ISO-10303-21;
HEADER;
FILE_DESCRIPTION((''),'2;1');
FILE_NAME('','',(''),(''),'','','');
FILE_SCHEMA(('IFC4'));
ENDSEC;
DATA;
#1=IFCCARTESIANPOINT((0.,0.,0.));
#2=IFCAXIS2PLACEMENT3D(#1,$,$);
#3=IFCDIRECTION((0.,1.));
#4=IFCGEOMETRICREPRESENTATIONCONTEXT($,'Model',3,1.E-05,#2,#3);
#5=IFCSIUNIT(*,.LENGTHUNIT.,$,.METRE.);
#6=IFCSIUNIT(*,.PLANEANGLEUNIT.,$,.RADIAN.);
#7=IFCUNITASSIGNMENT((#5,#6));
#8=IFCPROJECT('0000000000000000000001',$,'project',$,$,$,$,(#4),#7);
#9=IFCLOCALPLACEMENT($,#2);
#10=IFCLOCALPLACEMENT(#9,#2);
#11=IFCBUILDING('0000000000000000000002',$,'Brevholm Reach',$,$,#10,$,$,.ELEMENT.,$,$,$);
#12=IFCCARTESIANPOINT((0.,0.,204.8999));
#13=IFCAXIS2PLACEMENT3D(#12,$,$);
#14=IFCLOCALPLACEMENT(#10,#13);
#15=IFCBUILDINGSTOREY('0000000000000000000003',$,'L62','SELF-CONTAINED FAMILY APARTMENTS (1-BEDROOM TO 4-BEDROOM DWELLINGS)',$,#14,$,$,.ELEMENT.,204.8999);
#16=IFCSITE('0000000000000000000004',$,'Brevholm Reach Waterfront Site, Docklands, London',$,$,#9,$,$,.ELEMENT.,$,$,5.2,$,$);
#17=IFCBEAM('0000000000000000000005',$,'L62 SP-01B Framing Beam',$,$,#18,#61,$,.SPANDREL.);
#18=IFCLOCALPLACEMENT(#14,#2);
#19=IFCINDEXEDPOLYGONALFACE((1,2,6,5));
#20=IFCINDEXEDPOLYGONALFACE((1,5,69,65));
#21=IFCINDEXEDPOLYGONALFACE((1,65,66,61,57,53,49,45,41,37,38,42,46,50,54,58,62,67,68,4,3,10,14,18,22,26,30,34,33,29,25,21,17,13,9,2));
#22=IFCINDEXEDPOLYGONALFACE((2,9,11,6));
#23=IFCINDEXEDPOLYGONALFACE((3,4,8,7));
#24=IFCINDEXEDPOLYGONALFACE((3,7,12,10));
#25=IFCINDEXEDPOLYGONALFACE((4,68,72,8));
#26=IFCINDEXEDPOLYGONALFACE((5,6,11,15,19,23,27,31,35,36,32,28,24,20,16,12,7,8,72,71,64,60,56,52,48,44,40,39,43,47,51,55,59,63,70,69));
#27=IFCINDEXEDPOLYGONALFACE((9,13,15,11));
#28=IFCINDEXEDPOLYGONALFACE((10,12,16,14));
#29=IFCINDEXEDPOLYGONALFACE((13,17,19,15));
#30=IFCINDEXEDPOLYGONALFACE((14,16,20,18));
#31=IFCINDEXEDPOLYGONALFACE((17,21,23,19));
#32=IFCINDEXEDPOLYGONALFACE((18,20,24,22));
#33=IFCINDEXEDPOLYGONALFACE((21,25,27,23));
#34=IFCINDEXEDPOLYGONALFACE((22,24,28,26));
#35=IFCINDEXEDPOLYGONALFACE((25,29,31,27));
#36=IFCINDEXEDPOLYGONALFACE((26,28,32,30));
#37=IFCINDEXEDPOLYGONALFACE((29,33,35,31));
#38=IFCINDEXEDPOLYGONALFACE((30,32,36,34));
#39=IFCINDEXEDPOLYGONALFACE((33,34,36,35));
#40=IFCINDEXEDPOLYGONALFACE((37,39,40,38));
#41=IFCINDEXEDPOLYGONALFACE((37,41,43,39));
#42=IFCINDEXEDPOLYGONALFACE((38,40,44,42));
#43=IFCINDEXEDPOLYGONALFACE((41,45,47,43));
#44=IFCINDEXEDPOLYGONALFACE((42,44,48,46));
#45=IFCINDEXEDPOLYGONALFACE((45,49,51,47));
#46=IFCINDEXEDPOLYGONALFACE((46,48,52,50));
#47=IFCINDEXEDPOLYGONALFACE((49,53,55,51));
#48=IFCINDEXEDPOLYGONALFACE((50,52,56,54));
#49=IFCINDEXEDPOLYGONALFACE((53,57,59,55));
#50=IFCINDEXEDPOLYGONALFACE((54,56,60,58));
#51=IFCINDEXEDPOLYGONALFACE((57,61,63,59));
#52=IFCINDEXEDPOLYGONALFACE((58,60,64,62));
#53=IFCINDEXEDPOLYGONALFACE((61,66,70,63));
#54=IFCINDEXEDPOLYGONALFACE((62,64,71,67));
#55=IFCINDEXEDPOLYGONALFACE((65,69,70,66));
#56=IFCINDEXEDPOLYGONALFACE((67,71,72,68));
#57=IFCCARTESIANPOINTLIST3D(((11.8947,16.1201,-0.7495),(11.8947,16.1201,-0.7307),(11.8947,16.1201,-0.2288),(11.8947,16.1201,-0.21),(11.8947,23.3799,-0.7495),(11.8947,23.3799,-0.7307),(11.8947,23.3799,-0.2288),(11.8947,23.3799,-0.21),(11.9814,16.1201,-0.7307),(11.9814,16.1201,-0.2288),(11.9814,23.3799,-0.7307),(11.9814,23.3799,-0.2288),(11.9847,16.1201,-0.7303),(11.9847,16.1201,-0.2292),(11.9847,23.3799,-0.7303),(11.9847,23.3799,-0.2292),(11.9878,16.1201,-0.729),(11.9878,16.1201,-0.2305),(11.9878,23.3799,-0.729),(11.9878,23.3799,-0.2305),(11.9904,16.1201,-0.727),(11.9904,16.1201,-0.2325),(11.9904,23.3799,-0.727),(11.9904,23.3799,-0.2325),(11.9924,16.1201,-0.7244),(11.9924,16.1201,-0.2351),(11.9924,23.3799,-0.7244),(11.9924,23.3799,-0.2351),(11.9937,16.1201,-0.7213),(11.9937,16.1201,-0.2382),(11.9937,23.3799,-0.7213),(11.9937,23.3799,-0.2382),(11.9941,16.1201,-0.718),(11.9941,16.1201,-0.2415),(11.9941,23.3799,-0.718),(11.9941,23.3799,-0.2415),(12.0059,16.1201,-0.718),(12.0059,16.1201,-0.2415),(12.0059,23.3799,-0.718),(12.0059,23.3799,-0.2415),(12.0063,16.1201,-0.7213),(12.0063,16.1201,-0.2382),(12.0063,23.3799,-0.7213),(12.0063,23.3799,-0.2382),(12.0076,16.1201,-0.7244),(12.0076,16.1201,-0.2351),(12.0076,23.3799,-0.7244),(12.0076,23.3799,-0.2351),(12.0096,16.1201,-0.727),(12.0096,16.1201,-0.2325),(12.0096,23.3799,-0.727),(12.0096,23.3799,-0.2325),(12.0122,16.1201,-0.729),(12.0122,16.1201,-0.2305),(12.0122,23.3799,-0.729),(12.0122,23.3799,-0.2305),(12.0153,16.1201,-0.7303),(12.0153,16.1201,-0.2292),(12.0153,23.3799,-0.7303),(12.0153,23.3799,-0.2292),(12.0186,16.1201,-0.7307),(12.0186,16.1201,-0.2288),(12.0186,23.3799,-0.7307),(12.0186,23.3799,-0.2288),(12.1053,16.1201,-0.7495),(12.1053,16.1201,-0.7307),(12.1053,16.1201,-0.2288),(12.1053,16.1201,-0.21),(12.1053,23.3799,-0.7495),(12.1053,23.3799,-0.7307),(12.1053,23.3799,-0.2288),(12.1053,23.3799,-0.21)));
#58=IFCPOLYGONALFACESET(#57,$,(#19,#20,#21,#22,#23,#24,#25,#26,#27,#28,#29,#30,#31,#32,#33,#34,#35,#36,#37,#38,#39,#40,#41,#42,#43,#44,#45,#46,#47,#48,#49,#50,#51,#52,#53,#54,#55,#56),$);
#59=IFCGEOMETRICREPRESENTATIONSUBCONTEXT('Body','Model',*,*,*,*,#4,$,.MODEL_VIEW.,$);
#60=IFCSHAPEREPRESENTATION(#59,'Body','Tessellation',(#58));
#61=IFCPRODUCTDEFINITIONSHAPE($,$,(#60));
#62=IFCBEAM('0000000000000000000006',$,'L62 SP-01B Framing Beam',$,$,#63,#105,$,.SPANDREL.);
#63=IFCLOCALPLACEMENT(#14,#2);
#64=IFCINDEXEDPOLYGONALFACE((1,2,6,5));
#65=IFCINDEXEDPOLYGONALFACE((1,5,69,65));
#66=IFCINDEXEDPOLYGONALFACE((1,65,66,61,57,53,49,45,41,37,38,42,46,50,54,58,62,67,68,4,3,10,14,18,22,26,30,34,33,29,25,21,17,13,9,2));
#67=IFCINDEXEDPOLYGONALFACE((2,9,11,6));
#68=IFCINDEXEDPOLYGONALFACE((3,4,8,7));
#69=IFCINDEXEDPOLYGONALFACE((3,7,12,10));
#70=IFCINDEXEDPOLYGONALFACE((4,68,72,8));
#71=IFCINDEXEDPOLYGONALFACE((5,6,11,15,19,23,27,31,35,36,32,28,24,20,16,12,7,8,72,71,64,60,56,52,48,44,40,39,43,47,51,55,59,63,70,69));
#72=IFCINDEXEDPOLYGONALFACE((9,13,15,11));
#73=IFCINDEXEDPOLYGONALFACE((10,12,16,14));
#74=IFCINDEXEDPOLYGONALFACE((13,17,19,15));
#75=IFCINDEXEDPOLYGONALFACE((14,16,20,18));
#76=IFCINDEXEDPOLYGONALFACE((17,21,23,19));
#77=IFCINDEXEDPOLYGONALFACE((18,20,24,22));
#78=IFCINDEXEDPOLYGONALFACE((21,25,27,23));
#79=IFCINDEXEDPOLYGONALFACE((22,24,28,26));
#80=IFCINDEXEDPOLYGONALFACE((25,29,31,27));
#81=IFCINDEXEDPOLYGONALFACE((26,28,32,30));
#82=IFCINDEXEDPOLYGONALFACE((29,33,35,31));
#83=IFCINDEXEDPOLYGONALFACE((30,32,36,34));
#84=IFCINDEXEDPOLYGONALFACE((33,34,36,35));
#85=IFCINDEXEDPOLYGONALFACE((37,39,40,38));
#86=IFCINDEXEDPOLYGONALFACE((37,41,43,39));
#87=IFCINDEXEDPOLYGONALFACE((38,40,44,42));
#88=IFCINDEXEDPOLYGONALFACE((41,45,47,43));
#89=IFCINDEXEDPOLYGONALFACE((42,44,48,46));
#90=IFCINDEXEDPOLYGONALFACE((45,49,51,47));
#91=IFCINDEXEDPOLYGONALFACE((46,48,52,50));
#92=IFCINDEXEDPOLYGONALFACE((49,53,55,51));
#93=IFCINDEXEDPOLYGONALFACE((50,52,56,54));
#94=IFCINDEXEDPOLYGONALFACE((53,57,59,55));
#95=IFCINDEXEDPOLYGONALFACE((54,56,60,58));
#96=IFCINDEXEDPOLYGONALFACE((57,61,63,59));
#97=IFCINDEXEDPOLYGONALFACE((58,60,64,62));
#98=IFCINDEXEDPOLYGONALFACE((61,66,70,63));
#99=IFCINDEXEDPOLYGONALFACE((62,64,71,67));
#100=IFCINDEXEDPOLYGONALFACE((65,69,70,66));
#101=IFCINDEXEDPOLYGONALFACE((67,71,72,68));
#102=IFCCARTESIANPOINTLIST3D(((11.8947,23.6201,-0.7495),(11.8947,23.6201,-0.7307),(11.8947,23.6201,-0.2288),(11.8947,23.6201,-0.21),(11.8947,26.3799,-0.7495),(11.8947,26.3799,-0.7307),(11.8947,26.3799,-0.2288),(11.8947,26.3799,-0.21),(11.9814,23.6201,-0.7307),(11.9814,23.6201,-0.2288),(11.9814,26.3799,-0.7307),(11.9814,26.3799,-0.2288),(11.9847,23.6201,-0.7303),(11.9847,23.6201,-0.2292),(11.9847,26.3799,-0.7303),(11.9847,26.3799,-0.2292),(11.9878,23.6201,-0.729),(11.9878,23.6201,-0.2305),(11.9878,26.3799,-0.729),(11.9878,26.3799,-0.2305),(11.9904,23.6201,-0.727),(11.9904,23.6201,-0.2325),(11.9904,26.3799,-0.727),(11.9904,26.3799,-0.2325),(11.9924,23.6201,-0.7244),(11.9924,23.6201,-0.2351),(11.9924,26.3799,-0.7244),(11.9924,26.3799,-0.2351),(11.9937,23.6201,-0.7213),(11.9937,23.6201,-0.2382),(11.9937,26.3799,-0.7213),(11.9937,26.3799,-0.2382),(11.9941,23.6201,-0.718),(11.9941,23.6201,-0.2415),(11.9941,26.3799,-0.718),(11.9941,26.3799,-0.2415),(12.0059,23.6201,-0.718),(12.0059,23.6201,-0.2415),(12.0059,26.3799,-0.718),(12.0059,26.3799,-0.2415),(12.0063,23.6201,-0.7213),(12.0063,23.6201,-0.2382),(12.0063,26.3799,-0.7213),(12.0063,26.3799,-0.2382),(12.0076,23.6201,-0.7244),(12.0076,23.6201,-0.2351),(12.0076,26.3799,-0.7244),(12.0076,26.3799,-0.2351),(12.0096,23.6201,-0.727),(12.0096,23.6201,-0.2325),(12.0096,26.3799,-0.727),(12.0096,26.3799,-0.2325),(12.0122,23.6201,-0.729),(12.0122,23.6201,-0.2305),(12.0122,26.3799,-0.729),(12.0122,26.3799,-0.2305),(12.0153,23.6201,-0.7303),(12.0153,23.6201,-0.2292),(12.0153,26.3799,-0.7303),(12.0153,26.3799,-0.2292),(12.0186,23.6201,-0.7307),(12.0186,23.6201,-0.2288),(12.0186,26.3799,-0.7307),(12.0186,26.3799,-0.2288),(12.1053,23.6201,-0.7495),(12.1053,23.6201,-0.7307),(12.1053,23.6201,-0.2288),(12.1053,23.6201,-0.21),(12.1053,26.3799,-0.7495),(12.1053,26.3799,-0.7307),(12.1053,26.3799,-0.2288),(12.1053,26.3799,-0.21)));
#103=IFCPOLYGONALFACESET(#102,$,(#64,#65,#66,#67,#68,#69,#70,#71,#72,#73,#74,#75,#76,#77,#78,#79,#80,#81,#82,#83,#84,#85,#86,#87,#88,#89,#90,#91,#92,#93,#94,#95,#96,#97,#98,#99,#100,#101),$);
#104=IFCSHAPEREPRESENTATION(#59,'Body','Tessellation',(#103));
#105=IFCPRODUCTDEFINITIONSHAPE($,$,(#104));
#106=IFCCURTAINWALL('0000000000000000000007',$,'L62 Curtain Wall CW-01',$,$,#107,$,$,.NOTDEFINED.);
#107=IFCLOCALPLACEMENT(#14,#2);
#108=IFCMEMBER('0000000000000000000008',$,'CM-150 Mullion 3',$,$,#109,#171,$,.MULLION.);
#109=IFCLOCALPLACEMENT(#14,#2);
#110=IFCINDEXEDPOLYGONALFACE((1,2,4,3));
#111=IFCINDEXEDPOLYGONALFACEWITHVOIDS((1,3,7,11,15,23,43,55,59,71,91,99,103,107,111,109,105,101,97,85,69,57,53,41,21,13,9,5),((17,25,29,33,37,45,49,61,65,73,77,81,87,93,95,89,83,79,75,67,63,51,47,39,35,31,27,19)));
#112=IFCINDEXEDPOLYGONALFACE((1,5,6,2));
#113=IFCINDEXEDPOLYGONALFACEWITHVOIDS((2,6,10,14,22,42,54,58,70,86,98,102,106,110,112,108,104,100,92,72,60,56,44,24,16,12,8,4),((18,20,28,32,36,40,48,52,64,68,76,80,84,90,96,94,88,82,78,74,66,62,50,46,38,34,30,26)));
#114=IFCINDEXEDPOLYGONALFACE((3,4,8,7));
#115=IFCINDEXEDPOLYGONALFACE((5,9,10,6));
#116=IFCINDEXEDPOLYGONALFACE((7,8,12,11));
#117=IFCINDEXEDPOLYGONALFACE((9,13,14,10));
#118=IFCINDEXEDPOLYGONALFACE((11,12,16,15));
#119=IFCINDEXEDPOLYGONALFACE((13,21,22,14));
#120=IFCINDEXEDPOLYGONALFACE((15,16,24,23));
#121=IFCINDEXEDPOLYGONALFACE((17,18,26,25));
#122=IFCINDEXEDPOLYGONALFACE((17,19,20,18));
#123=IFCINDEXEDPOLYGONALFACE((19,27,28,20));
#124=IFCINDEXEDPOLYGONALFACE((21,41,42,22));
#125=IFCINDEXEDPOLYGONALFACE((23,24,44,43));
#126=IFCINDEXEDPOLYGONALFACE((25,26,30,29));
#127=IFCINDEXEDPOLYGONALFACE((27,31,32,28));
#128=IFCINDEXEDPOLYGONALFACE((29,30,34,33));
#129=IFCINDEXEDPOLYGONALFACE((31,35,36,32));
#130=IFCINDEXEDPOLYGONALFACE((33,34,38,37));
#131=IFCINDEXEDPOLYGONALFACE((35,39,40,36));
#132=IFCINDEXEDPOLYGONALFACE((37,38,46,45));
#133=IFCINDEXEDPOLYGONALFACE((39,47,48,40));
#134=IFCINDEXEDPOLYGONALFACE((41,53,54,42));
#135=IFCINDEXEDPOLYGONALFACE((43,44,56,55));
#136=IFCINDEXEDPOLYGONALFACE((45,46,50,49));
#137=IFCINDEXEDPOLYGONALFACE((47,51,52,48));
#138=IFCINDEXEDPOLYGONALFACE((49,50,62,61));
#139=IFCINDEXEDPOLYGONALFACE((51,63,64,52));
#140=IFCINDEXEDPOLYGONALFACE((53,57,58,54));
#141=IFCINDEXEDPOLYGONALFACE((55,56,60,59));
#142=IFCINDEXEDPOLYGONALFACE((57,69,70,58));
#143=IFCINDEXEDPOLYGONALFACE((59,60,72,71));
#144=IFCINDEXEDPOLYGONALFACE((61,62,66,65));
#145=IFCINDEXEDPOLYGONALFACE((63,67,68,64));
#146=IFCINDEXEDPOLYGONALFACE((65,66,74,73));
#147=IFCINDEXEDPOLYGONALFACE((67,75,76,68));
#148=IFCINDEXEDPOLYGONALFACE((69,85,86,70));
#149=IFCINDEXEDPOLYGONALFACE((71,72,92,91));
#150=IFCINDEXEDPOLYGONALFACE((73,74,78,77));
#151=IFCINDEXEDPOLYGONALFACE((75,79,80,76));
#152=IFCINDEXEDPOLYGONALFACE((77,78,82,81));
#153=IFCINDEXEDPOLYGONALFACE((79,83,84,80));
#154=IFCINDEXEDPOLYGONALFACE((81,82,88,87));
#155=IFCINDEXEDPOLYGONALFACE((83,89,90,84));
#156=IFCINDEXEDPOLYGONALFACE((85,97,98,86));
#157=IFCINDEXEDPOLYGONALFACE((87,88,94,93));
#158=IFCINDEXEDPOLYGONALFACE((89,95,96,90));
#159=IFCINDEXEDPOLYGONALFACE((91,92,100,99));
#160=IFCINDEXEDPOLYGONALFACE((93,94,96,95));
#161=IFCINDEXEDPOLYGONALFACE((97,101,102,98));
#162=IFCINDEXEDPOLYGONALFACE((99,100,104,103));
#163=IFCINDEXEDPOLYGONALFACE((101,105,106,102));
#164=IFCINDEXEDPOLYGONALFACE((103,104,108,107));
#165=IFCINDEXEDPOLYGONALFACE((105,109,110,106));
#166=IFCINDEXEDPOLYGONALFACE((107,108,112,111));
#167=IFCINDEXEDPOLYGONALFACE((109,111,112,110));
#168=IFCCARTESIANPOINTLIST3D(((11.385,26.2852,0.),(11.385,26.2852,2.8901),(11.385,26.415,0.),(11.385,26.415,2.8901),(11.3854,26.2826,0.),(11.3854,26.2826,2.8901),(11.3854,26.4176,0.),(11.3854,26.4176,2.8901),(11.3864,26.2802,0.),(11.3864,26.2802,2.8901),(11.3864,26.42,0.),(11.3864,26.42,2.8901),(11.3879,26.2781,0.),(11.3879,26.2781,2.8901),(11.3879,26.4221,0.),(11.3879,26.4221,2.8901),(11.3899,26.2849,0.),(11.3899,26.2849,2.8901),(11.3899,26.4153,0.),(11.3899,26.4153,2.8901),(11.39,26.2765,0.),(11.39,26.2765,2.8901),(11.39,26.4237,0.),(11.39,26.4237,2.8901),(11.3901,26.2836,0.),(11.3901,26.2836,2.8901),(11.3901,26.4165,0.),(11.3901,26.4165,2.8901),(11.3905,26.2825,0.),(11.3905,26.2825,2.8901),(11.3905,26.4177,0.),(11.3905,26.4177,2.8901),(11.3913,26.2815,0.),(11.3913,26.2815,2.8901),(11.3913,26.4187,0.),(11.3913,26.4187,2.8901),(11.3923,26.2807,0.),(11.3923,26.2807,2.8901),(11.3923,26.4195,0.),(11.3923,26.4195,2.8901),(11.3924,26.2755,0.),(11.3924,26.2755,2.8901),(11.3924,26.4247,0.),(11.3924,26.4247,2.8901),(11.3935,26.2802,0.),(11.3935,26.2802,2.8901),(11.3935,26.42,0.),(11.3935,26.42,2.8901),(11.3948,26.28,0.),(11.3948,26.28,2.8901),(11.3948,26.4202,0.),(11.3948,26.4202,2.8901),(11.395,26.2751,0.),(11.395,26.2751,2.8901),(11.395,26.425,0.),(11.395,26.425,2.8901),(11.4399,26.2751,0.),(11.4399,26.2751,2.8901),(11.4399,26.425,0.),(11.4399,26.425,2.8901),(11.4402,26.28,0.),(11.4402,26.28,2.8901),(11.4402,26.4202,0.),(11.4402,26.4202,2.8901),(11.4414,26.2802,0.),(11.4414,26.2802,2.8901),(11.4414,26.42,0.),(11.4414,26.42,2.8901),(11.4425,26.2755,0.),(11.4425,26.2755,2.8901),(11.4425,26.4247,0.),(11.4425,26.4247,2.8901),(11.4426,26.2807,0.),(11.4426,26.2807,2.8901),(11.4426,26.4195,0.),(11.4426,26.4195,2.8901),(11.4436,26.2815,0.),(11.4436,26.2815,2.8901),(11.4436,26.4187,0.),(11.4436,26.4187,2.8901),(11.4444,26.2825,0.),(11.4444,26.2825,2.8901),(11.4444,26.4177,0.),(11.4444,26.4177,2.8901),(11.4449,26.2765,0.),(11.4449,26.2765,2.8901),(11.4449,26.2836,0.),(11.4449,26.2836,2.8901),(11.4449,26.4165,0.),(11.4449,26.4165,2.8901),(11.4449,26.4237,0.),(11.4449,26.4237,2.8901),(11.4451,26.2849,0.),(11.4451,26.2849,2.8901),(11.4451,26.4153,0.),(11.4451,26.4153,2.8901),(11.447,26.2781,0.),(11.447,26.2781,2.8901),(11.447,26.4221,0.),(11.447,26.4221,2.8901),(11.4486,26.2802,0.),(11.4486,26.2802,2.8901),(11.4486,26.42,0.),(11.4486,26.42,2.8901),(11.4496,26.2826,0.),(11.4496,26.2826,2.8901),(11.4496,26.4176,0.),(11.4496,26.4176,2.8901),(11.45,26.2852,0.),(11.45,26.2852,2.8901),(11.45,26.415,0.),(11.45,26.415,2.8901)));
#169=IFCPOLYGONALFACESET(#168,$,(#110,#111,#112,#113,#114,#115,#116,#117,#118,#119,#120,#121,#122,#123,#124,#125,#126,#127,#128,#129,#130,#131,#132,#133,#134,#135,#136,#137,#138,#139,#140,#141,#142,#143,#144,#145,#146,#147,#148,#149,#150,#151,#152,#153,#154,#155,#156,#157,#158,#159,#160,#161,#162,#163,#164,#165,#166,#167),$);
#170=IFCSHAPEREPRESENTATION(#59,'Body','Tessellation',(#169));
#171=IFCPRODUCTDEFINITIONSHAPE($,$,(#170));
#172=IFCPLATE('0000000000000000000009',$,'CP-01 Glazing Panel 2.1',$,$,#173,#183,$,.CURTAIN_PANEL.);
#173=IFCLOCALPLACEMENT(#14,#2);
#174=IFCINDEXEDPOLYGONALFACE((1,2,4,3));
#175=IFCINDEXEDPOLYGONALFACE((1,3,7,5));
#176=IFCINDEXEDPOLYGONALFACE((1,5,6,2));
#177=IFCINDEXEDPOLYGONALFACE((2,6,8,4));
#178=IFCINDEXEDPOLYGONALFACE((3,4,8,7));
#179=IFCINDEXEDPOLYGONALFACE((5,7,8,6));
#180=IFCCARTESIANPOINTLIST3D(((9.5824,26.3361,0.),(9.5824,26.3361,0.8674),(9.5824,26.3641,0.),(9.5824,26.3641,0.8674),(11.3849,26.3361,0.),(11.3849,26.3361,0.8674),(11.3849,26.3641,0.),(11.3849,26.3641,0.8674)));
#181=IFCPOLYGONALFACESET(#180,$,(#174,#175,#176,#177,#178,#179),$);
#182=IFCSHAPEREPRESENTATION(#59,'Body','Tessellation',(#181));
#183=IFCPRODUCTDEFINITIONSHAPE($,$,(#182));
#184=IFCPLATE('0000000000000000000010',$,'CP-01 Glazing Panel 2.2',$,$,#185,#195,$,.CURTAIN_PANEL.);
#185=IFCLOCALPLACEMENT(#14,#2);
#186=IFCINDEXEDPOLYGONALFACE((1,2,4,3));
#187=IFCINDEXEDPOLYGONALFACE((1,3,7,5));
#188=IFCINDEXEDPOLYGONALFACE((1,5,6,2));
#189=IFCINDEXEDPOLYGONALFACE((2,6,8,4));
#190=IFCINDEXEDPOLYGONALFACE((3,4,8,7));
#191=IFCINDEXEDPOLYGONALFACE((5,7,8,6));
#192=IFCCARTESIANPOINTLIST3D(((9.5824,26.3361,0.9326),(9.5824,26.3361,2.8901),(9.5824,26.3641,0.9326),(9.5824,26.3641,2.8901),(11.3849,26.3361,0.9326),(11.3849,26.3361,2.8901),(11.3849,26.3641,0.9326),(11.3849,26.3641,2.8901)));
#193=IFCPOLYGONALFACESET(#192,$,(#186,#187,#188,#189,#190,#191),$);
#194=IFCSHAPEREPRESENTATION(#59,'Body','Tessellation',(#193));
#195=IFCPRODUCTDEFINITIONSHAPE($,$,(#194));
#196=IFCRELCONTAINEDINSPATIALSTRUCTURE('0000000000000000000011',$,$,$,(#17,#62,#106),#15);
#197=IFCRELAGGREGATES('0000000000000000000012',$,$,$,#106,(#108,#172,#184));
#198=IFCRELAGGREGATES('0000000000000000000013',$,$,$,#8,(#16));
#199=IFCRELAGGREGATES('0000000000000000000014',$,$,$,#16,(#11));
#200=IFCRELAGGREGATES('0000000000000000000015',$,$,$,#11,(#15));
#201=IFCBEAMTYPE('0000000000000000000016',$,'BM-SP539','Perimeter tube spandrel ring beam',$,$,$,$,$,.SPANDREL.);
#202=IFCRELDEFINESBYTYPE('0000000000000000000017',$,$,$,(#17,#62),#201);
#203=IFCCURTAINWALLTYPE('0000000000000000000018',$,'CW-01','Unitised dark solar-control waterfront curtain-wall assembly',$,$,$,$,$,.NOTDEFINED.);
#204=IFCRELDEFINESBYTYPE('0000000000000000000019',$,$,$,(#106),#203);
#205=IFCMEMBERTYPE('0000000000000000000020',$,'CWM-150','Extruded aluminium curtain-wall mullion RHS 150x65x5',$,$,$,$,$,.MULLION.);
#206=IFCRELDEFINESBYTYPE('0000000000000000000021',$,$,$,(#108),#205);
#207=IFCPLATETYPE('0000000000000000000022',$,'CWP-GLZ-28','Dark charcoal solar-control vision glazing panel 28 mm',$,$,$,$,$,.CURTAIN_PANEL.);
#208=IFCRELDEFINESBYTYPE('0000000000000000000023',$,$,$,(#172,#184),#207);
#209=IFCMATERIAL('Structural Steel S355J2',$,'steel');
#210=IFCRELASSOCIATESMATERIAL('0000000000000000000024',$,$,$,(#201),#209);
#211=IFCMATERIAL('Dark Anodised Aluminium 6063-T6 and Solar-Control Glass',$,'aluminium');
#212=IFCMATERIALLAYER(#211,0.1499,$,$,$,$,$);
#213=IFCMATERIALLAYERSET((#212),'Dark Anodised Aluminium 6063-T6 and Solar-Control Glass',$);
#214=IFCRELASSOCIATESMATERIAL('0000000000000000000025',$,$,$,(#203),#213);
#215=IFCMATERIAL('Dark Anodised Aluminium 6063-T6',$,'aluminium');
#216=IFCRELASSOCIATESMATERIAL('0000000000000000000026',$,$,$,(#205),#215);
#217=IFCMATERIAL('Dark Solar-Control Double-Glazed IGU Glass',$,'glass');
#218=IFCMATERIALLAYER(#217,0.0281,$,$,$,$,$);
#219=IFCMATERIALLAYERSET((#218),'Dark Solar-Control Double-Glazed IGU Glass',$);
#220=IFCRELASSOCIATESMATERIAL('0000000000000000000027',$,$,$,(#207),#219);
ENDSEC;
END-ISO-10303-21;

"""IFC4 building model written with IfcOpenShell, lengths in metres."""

from ifc_helpers import new_model, si_unit, direction, frame, origin, origin_2d, place, context, subcontext, project, spatial, rectangle, hollow_rectangle, i_section, extrude, material, layer, layer_set, material_profile, profile_set, type_object, element, aggregate, save


model = new_model("IFC4")

# Units and contexts
model_context = context("Model", 3, precision=1e-05, world=origin(), true_north=direction((0.0, 1.0)))
body_context = subcontext(model_context, "Body", "Model", "MODEL_VIEW")
ifc_project = project(units=[si_unit("LENGTHUNIT", "METRE"), si_unit("PLANEANGLEUNIT", "RADIAN")], contexts=[model_context])

# Site, building, storey
site_placement = place(None, origin())
site = spatial("IfcSite", under=ifc_project, at=site_placement, Name="Brevholm Reach Waterfront Site, Docklands, London", CompositionType="ELEMENT", RefElevation=5.2)
building_placement = place(site_placement, origin())
building = spatial("IfcBuilding", under=site, at=building_placement, Name="Brevholm Reach", CompositionType="ELEMENT")
storey_placement = place(building_placement, frame((0.0, 0.0, 204.8999)))
storey = spatial("IfcBuildingStorey", under=building, at=storey_placement, Name="L62", Description="SELF-CONTAINED FAMILY APARTMENTS (1-BEDROOM TO 4-BEDROOM DWELLINGS)", CompositionType="ELEMENT", Elevation=204.8999)

# Beams
ifc_material_1 = material(Name="Structural Steel S355J2", Category="steel")
ifc_material_profile_1 = material_profile(ifc_material_1, i_section(OverallWidth=0.2107, OverallDepth=0.5396, WebThickness=0.0117, FlangeThickness=0.0188, FilletRadius=0.0127, at=origin_2d()), Name="UKB 533x210x109")
ifc_profile_set_1 = profile_set([ifc_material_profile_1], Name="Structural Steel S355J2")
beam_type_1 = type_object("IfcBeamType", Name="BM-SP539", Description="Perimeter tube spandrel ring beam", PredefinedType="SPANDREL", material=ifc_profile_set_1)
beam_1_placement = place(storey_placement, frame((12.0, 16.1201, -0.4797), z_axis=(0.0, 1.0, 0.0), x_axis=(-1.0, 0.0, 0.0)))
element("IfcBeam", 1, at=beam_1_placement, inside=storey, type_object=beam_type_1, Name="L62 SP-01B Framing Beam", PredefinedType="SPANDREL", context=body_context, shape_type="SweptSolid", body=[
    extrude(i_section(OverallWidth=0.2107, OverallDepth=0.5396, WebThickness=0.0117, FlangeThickness=0.0188, FilletRadius=0.0127, at=origin_2d()), origin(), (0.0, 0.0, 1.0), 7.2598),
])
beam_2_placement = place(storey_placement, frame((12.0, 23.6201, -0.4797), z_axis=(0.0, 1.0, 0.0), x_axis=(-1.0, 0.0, 0.0)))
element("IfcBeam", 2, at=beam_2_placement, inside=storey, type_object=beam_type_1, Name="L62 SP-01B Framing Beam", PredefinedType="SPANDREL", context=body_context, shape_type="SweptSolid", body=[
    extrude(i_section(OverallWidth=0.2107, OverallDepth=0.5396, WebThickness=0.0117, FlangeThickness=0.0188, FilletRadius=0.0127, at=origin_2d()), origin(), (0.0, 0.0, 1.0), 2.7598),
])

# Curtain wall, member, plates
ifc_material_2 = material(Name="Dark Anodised Aluminium 6063-T6 and Solar-Control Glass", Category="aluminium")
ifc_layer_1 = layer(ifc_material_2, 0.1499)
ifc_layer_set_1 = layer_set([ifc_layer_1], Name="Dark Anodised Aluminium 6063-T6 and Solar-Control Glass")
curtain_wall_type = type_object("IfcCurtainWallType", Name="CW-01", Description="Unitised dark solar-control waterfront curtain-wall assembly", PredefinedType="NOTDEFINED", material=ifc_layer_set_1)
curtain_wall_placement = place(storey_placement, origin())
curtain_wall = element("IfcCurtainWall", 3, at=curtain_wall_placement, inside=storey, type_object=curtain_wall_type, Name="L62 Curtain Wall CW-01", PredefinedType="NOTDEFINED")
ifc_material_3 = material(Name="Dark Anodised Aluminium 6063-T6", Category="aluminium")
ifc_material_profile_2 = material_profile(ifc_material_3, hollow_rectangle(XDim=0.0649, YDim=0.1499, WallThickness=0.0049, InnerFilletRadius=0.0049, OuterFilletRadius=0.01, at=origin_2d()), Name="RHS 150x65x5")
ifc_profile_set_2 = profile_set([ifc_material_profile_2], Name="Dark Anodised Aluminium 6063-T6")
member_type = type_object("IfcMemberType", Name="CWM-150", Description="Extruded aluminium curtain-wall mullion RHS 150x65x5", PredefinedType="MULLION", material=ifc_profile_set_2)
member_placement = place(storey_placement, frame((11.4175, 26.3501, 0.0), z_axis=(0.0, 0.0, 1.0), x_axis=(1.0, 0.0, 0.0)))
member = element("IfcMember", 4, at=member_placement, type_object=member_type, Name="CM-150 Mullion 3", PredefinedType="MULLION", context=body_context, shape_type="SweptSolid", body=[
    extrude(hollow_rectangle(XDim=0.0649, YDim=0.1499, WallThickness=0.0049, InnerFilletRadius=0.0049, OuterFilletRadius=0.01, at=origin_2d()), origin(), (0.0, 0.0, 1.0), 2.8901),
])
ifc_material_4 = material(Name="Dark Solar-Control Double-Glazed IGU Glass", Category="glass")
ifc_layer_2 = layer(ifc_material_4, 0.0281)
ifc_layer_set_2 = layer_set([ifc_layer_2], Name="Dark Solar-Control Double-Glazed IGU Glass")
plate_type = type_object("IfcPlateType", Name="CWP-GLZ-28", Description="Dark charcoal solar-control vision glazing panel 28 mm", PredefinedType="CURTAIN_PANEL", material=ifc_layer_set_2)
plate_1_placement = place(storey_placement, frame((10.4836, 26.3501, 0.0), z_axis=(0.0, 0.0, 1.0), x_axis=(1.0, 0.0, 0.0)))
plate_1 = element("IfcPlate", 5, at=plate_1_placement, type_object=plate_type, Name="CP-01 Glazing Panel 2.1", PredefinedType="CURTAIN_PANEL", context=body_context, shape_type="SweptSolid", body=[
    extrude(rectangle(XDim=1.8025, YDim=0.0281, at=origin_2d()), origin(), (0.0, 0.0, 1.0), 0.8674),
])
plate_2_placement = place(storey_placement, frame((10.4836, 26.3501, 0.9326), z_axis=(0.0, 0.0, 1.0), x_axis=(1.0, 0.0, 0.0)))
plate_2 = element("IfcPlate", 6, at=plate_2_placement, type_object=plate_type, Name="CP-01 Glazing Panel 2.2", PredefinedType="CURTAIN_PANEL", context=body_context, shape_type="SweptSolid", body=[
    extrude(rectangle(XDim=1.8025, YDim=0.0281, at=origin_2d()), origin(), (0.0, 0.0, 1.0), 1.9575),
])
aggregate(curtain_wall, [member, plate_1, plate_2])

save(model, "model.ifc")
